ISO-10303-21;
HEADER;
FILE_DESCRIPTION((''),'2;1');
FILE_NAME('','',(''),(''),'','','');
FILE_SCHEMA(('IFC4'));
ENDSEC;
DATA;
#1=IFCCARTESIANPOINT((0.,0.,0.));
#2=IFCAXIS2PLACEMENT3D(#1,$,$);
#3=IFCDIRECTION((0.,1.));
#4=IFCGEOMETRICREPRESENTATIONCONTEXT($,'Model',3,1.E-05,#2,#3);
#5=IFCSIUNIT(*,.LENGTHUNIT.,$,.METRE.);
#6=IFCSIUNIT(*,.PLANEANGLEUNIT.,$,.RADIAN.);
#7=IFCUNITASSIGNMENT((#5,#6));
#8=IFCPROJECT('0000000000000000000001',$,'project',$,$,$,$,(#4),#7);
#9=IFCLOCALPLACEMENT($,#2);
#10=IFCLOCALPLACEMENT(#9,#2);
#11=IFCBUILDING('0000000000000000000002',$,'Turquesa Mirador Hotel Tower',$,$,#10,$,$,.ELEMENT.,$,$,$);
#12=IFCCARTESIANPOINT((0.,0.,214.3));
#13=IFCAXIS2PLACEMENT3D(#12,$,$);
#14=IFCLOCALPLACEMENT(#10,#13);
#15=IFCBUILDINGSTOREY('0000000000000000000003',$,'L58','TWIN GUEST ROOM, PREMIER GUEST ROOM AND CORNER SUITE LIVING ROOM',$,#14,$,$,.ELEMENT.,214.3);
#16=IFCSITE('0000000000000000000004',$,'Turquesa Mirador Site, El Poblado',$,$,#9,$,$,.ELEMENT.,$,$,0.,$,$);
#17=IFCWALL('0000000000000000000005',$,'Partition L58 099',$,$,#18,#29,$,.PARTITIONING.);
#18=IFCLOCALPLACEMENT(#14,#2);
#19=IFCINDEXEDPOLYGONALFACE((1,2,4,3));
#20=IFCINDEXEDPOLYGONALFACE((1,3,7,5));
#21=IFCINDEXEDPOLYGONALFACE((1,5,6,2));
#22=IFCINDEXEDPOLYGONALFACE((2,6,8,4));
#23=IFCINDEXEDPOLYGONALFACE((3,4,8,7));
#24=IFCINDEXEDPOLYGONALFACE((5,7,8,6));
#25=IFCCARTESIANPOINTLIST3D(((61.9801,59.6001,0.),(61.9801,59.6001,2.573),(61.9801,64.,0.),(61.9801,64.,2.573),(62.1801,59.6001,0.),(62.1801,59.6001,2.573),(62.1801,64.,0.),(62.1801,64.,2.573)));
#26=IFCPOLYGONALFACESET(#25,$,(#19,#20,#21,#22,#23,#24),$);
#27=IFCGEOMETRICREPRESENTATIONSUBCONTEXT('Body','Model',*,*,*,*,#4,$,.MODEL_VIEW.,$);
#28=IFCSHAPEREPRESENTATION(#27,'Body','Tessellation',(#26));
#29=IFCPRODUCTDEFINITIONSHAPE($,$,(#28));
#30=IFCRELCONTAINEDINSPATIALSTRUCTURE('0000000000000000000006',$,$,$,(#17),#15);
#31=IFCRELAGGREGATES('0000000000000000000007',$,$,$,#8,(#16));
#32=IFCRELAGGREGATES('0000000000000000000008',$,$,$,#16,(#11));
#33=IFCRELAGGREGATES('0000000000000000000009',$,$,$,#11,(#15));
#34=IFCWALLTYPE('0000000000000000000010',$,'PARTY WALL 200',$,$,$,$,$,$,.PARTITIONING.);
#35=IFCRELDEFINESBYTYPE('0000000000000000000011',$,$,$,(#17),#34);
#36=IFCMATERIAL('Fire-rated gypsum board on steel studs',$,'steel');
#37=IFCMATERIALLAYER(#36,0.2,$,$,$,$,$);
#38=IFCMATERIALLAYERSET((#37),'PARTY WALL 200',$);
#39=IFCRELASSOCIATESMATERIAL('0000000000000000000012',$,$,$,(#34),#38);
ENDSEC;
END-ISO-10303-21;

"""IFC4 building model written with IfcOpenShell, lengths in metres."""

from ifc_helpers import new_model, si_unit, direction, frame, frame_2d, origin, place, context, subcontext, project, spatial, rectangle, extrude, material, layer, layer_set, type_object, element, save


model = new_model("IFC4")

# Units and contexts
model_context = context("Model", 3, precision=1e-05, world=origin(), true_north=direction((0.0, 1.0)))
body_context = subcontext(model_context, "Body", "Model", "MODEL_VIEW")
ifc_project = project(units=[si_unit("LENGTHUNIT", "METRE"), si_unit("PLANEANGLEUNIT", "RADIAN")], contexts=[model_context])

# Site, building, storey
site_placement = place(None, origin())
site = spatial("IfcSite", under=ifc_project, at=site_placement, Name="Turquesa Mirador Site, El Poblado", CompositionType="ELEMENT", RefElevation=0.0)
building_placement = place(site_placement, origin())
building = spatial("IfcBuilding", under=site, at=building_placement, Name="Turquesa Mirador Hotel Tower", CompositionType="ELEMENT")
storey_placement = place(building_placement, frame((0.0, 0.0, 214.3)))
storey = spatial("IfcBuildingStorey", under=building, at=storey_placement, Name="L58", Description="TWIN GUEST ROOM, PREMIER GUEST ROOM AND CORNER SUITE LIVING ROOM", CompositionType="ELEMENT", Elevation=214.3)

# Wall
ifc_material_1 = material(Name="Fire-rated gypsum board on steel studs", Category="steel")
ifc_layer_1 = layer(ifc_material_1, 0.2)
ifc_layer_set_1 = layer_set([ifc_layer_1], Name="PARTY WALL 200")
wall_type_1 = type_object("IfcWallType", Name="PARTY WALL 200", PredefinedType="PARTITIONING", material=ifc_layer_set_1)
wall_1_placement = place(storey_placement, frame((62.0801, 59.6001, 0.0), z_axis=(0.0, 0.0, 1.0), x_axis=(0.0, 1.0, 0.0)))
element("IfcWall", 1, at=wall_1_placement, inside=storey, type_object=wall_type_1, Name="Partition L58 099", PredefinedType="PARTITIONING", context=body_context, shape_type="SweptSolid", body=[
    extrude(rectangle(XDim=4.3999, YDim=0.2, at=frame_2d((2.2, 0.0))), origin(), (0.0, 0.0, 1.0), 2.573),
])

save(model, "model.ifc")
